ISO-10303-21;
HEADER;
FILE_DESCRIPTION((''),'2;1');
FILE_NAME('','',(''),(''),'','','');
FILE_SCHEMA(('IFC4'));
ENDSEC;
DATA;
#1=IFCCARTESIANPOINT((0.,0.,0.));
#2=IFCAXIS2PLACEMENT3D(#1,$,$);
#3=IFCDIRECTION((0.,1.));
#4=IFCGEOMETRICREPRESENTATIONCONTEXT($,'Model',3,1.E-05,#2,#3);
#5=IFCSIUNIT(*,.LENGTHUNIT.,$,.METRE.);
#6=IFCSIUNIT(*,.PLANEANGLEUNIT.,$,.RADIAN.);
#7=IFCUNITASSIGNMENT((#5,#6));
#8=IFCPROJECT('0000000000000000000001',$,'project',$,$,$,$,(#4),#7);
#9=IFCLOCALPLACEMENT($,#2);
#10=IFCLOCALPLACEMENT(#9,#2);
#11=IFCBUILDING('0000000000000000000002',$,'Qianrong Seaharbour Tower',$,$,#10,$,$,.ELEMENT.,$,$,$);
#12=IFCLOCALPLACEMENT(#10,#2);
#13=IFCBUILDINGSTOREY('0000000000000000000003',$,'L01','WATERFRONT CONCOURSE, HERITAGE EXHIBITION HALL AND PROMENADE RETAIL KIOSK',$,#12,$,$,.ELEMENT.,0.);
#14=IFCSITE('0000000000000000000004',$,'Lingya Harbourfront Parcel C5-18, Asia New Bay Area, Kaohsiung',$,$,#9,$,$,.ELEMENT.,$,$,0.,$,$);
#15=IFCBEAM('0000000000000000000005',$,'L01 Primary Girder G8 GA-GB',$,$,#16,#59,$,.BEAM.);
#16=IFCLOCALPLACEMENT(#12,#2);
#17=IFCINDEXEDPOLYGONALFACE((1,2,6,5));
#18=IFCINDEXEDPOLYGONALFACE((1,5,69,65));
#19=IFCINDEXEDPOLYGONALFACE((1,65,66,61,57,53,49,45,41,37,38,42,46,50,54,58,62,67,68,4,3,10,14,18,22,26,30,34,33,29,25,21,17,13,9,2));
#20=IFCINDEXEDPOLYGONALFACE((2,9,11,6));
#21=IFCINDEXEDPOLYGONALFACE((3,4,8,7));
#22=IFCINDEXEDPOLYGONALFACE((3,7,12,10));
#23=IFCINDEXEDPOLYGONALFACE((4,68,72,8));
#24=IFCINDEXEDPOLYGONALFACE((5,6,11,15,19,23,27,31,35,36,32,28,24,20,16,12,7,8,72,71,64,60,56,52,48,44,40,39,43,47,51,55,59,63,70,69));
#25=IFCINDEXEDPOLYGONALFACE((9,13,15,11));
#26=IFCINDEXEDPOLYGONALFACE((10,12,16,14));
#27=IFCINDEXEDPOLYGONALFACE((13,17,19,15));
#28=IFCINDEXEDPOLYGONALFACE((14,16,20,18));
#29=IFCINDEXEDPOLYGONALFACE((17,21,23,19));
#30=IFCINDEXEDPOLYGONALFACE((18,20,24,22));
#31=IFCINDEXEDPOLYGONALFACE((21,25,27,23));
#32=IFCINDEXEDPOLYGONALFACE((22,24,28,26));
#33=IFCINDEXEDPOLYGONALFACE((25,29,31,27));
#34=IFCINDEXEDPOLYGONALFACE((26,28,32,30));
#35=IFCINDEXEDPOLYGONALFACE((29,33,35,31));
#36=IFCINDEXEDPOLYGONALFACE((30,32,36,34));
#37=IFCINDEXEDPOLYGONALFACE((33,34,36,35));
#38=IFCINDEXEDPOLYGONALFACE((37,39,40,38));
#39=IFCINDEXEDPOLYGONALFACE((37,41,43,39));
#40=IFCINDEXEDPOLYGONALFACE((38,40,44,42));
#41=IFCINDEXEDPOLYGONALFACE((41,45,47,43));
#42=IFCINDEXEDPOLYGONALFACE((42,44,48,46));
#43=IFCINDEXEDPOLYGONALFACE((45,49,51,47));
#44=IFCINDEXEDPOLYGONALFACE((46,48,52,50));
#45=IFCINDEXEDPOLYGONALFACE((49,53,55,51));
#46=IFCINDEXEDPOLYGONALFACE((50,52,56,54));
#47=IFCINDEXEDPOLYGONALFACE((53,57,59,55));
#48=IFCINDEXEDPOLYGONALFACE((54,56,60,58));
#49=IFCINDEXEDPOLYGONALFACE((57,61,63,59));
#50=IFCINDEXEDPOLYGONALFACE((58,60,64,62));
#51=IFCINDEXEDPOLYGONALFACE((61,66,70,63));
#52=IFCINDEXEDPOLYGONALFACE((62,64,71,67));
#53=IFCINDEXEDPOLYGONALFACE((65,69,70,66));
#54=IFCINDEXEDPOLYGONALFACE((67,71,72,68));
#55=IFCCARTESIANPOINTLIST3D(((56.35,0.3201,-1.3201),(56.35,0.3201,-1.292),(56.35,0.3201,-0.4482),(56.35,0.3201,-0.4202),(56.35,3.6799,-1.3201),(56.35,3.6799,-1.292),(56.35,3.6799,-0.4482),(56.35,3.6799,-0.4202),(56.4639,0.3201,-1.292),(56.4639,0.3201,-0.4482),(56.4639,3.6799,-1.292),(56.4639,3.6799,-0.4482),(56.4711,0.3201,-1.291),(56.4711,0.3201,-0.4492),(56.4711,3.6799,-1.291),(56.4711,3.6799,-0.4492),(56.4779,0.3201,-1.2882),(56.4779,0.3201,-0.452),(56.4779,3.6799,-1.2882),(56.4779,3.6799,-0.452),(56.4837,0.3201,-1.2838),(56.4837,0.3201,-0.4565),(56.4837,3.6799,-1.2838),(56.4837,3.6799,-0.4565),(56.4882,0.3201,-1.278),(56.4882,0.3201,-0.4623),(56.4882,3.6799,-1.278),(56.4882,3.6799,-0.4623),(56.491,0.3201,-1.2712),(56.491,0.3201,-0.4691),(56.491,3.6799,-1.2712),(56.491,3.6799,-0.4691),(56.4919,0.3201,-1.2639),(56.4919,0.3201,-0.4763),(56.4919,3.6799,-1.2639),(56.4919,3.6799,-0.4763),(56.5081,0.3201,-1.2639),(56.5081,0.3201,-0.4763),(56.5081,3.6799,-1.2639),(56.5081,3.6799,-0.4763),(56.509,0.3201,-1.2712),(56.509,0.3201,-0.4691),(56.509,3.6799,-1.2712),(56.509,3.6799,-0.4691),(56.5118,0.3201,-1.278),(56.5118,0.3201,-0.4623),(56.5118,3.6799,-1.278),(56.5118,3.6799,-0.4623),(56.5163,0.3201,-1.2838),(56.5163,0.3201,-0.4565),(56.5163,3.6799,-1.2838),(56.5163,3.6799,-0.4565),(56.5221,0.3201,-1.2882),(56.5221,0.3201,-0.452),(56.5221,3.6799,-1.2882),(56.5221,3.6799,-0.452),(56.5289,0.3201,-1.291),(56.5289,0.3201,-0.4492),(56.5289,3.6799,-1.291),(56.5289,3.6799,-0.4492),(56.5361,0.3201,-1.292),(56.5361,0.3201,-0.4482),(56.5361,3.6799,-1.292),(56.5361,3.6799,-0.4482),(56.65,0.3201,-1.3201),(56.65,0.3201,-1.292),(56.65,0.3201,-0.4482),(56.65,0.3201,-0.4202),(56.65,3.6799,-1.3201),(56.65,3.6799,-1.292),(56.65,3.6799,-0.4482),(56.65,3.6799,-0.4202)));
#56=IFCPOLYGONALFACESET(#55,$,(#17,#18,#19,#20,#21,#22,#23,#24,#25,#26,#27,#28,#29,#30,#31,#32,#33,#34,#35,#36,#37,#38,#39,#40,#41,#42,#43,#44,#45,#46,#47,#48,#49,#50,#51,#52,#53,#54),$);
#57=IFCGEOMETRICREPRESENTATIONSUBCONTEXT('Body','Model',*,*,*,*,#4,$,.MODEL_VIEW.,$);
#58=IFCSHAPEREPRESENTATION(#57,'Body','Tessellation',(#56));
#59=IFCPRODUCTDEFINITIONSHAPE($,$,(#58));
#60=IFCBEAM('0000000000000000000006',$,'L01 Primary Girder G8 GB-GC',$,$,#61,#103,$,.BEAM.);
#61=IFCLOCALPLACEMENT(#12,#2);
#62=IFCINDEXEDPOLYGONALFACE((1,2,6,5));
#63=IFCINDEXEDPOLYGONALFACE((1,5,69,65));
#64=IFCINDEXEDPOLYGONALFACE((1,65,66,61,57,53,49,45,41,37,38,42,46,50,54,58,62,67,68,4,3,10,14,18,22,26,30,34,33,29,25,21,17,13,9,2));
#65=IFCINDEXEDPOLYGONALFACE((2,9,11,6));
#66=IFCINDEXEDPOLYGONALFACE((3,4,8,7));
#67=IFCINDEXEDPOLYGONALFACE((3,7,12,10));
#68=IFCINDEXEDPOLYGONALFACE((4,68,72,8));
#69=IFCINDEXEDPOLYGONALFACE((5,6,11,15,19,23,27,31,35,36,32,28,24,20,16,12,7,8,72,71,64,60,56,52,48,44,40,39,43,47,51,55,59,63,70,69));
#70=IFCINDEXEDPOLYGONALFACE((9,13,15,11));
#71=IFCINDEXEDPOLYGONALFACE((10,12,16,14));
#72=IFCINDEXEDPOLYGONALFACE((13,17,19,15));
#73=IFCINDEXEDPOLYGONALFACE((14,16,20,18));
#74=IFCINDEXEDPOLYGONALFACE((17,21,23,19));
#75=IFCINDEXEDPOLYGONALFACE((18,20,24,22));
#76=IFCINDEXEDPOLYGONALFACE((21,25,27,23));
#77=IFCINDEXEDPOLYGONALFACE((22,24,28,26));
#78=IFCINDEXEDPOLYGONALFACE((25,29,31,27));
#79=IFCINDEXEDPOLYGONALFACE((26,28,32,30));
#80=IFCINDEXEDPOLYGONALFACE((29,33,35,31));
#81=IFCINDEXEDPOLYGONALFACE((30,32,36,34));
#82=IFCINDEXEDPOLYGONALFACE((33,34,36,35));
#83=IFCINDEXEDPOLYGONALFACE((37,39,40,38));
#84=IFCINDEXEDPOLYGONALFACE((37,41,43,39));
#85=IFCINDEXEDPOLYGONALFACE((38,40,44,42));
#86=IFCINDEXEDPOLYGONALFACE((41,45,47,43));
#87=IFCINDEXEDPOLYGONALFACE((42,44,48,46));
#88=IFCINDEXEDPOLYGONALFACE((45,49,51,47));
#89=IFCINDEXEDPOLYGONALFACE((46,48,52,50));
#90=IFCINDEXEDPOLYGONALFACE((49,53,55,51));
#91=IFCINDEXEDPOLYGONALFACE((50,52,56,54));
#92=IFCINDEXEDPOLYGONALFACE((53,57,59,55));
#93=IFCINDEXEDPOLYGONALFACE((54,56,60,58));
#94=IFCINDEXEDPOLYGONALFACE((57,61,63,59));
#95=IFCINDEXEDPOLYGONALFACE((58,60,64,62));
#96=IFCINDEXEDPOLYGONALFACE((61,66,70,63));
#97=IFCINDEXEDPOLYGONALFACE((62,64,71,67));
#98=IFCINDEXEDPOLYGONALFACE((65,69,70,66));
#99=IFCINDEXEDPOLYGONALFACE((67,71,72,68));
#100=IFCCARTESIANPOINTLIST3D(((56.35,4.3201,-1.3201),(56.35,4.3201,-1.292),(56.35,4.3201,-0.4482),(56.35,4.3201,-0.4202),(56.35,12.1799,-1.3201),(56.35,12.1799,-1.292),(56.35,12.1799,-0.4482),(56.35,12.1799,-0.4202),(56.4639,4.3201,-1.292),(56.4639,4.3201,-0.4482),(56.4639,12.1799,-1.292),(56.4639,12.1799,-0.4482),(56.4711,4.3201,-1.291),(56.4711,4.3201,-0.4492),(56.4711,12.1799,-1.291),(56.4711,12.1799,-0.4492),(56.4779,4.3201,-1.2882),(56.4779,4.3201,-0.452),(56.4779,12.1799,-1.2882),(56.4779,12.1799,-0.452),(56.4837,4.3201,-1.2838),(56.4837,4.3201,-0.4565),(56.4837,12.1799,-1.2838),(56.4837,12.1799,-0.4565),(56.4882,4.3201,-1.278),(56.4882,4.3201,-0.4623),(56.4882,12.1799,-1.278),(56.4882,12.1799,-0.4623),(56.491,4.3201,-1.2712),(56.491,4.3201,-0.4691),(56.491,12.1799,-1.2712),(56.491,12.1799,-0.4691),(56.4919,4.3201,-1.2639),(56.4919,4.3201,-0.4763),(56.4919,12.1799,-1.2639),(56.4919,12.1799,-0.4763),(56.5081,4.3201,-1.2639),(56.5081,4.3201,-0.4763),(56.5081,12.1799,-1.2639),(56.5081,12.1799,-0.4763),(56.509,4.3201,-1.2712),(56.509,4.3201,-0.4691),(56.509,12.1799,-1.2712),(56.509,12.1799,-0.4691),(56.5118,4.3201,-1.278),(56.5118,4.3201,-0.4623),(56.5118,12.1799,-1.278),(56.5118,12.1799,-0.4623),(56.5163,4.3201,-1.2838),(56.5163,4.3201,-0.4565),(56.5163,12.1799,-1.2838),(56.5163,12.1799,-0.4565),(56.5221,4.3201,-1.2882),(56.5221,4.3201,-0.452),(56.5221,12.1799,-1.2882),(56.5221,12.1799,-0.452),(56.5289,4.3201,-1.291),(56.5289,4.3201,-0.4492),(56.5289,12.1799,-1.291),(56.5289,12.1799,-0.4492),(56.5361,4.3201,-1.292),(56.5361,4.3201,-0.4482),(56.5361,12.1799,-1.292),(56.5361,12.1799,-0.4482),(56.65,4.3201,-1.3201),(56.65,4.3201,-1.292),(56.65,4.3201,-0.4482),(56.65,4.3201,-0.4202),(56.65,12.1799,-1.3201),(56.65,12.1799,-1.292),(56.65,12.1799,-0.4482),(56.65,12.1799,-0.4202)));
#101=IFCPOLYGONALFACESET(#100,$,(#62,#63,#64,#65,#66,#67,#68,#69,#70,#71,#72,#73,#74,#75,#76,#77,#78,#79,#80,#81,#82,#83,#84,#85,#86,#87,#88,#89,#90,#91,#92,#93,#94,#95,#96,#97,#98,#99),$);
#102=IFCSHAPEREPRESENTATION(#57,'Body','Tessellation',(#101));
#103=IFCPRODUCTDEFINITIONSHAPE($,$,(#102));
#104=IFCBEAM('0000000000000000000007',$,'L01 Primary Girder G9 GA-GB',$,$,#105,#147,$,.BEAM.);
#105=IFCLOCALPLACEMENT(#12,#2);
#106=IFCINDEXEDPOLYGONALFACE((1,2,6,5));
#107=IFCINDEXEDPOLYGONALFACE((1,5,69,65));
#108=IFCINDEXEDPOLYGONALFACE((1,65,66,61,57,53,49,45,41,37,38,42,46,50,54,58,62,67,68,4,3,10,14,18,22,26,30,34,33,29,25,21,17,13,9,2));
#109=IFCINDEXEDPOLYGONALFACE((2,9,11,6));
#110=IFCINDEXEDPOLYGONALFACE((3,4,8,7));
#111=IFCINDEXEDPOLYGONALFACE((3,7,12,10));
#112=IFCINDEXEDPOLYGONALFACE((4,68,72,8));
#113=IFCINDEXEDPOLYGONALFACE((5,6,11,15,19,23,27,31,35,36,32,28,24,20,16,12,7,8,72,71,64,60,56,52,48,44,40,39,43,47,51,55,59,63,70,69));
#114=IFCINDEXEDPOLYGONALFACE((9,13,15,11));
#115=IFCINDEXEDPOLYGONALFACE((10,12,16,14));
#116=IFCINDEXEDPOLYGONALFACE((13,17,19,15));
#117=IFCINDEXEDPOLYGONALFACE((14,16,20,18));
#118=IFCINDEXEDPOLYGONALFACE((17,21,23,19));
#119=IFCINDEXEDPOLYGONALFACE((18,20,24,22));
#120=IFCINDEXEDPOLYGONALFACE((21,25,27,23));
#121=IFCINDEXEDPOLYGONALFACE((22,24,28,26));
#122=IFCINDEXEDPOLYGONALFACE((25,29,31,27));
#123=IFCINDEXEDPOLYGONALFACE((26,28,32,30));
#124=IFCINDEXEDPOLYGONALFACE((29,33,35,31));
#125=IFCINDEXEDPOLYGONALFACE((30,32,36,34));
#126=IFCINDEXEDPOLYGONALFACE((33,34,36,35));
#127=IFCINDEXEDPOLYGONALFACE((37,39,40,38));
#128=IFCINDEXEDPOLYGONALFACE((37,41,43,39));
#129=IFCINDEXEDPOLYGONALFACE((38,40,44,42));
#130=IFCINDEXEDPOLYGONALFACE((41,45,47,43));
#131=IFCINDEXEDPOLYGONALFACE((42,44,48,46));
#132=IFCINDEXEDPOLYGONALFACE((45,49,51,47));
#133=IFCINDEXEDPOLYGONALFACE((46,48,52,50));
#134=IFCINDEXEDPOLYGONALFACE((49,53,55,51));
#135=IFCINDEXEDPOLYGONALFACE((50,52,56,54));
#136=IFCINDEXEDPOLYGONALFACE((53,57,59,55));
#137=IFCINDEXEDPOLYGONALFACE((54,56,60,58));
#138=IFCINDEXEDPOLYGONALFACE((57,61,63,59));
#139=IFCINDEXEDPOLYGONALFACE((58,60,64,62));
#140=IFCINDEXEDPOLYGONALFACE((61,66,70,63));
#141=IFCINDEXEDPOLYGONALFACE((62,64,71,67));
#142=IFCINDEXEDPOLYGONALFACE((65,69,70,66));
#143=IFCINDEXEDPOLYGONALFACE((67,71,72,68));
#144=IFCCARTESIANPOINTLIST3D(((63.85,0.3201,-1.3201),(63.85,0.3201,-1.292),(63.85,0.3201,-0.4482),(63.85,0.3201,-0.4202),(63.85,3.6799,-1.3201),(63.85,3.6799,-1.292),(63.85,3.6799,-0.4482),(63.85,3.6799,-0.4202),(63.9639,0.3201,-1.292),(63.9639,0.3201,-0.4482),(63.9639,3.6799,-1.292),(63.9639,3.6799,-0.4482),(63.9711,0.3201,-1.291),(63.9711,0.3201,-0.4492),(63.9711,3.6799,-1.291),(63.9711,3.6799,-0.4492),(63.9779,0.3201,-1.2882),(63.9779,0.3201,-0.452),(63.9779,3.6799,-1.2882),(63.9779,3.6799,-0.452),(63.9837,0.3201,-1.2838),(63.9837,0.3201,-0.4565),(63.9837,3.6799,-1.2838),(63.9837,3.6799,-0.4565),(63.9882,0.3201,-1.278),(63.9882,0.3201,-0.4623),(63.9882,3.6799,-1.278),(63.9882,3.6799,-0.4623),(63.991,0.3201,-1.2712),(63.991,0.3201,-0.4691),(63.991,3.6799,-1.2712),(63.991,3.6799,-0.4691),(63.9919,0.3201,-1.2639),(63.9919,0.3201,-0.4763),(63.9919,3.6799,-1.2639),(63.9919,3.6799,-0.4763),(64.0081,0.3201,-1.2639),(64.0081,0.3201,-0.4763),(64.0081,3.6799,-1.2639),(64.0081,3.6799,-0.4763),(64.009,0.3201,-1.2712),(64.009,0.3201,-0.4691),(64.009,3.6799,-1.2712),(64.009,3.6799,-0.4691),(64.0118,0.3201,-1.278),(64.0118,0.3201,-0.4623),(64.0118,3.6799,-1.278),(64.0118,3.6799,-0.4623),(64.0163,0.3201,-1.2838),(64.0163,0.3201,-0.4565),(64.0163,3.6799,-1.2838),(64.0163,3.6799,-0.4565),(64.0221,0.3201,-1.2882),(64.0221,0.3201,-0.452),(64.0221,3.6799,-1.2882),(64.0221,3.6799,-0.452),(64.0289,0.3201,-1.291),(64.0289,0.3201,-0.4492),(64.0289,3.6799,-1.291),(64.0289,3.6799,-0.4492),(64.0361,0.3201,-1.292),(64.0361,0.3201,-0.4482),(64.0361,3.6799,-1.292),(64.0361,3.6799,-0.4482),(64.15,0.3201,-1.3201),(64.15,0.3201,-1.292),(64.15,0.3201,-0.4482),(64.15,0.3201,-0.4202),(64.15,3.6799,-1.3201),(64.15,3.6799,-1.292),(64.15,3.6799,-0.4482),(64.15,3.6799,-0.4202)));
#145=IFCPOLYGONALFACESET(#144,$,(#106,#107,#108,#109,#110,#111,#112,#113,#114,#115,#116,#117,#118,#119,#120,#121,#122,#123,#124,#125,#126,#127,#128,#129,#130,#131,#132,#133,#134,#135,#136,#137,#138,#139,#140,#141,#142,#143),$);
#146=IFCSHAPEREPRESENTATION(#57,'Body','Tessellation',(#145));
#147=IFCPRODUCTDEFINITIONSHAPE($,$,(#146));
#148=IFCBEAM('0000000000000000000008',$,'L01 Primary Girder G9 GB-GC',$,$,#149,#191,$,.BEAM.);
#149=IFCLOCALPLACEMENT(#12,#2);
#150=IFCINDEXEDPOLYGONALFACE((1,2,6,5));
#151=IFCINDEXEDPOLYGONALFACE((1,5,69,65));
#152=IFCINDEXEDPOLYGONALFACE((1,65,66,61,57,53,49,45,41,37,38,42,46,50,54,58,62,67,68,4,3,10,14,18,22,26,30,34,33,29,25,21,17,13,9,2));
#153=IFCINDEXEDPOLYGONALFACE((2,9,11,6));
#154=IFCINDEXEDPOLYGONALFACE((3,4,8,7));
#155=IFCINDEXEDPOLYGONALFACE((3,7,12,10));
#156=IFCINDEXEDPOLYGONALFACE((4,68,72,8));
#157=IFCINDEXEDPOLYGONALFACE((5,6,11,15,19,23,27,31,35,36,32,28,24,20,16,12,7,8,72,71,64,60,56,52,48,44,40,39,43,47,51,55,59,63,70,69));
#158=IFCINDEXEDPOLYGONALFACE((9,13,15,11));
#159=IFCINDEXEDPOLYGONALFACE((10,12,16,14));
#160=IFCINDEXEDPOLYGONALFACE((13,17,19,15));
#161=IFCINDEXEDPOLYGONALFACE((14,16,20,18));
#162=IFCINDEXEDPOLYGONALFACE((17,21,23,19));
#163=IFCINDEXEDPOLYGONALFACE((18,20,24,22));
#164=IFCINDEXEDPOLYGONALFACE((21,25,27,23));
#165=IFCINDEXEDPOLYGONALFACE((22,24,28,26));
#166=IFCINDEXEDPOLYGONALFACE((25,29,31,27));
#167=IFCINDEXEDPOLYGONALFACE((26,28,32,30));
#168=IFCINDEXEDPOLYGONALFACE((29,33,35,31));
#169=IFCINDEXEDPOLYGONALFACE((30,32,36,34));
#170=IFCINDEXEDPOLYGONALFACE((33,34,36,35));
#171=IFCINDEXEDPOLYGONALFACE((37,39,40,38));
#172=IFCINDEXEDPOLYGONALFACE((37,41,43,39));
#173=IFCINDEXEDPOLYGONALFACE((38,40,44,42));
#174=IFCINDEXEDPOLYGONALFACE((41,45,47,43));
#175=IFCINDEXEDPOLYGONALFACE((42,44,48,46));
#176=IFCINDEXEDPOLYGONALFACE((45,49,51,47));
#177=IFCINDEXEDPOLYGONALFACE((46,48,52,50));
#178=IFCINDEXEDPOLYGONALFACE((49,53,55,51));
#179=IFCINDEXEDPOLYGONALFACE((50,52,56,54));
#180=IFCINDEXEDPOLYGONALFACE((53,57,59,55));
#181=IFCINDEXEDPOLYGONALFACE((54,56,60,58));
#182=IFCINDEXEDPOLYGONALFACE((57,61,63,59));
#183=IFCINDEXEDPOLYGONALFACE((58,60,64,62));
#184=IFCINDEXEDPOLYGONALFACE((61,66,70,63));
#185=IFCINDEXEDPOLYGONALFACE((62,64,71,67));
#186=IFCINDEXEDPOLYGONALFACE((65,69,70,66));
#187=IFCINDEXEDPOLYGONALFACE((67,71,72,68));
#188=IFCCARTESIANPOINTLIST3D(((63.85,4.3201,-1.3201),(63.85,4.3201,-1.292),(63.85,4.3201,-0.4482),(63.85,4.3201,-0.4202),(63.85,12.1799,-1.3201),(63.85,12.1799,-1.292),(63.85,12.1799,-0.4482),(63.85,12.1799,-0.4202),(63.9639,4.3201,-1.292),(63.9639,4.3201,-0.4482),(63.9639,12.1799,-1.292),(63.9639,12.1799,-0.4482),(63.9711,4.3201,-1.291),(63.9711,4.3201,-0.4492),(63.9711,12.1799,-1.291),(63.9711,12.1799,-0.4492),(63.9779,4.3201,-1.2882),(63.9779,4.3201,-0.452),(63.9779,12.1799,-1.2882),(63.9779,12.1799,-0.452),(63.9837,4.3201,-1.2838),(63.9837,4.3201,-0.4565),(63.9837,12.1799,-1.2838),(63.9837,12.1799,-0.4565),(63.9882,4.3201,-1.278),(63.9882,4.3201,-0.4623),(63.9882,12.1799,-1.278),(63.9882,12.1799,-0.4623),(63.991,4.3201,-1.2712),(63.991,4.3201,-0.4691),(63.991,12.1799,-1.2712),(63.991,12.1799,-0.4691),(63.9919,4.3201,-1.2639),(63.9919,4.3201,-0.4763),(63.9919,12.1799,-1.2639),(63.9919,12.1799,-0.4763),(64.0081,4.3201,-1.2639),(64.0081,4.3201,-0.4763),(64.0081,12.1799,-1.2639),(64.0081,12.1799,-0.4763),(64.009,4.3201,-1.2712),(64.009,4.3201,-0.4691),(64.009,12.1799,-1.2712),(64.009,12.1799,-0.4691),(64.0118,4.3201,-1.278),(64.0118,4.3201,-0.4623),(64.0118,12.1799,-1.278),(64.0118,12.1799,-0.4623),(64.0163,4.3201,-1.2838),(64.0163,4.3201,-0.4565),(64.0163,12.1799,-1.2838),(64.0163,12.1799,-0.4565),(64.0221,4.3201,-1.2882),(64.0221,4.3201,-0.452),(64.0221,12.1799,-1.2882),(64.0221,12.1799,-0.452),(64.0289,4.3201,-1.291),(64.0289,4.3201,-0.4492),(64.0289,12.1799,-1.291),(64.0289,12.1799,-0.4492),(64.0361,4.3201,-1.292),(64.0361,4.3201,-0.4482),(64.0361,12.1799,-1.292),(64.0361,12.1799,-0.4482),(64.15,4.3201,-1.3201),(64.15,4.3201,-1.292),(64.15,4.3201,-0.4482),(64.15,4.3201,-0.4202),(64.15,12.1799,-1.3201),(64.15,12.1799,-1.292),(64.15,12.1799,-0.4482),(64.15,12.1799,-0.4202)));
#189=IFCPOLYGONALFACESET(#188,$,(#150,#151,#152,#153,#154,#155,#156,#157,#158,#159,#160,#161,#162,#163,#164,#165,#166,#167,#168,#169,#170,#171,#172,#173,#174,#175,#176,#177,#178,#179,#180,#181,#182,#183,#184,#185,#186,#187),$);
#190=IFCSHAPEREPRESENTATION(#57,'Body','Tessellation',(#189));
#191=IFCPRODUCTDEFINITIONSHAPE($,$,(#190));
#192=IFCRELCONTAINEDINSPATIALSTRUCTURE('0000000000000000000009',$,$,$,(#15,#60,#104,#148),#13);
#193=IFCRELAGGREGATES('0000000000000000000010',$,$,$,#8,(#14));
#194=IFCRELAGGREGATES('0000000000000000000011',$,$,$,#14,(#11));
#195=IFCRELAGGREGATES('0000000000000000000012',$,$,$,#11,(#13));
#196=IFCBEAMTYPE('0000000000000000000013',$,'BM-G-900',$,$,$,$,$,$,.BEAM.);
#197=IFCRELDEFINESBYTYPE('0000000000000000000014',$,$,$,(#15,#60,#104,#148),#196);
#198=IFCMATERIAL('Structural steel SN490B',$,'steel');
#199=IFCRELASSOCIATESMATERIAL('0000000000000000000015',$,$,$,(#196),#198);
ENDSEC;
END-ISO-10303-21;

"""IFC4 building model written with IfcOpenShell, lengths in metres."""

from ifc_helpers import new_model, si_unit, direction, frame, origin, origin_2d, place, context, subcontext, project, spatial, i_section, extrude, material, material_profile, profile_set, type_object, element, save


model = new_model("IFC4")

# Units and contexts
model_context = context("Model", 3, precision=1e-05, world=origin(), true_north=direction((0.0, 1.0)))
body_context = subcontext(model_context, "Body", "Model", "MODEL_VIEW")
ifc_project = project(units=[si_unit("LENGTHUNIT", "METRE"), si_unit("PLANEANGLEUNIT", "RADIAN")], contexts=[model_context])

# Site, building, storey
site_placement = place(None, origin())
site = spatial("IfcSite", under=ifc_project, at=site_placement, Name="Lingya Harbourfront Parcel C5-18, Asia New Bay Area, Kaohsiung", CompositionType="ELEMENT", RefElevation=0.0)
building_placement = place(site_placement, origin())
building = spatial("IfcBuilding", under=site, at=building_placement, Name="Qianrong Seaharbour Tower", CompositionType="ELEMENT")
storey_placement = place(building_placement, origin())
storey = spatial("IfcBuildingStorey", under=building, at=storey_placement, Name="L01", Description="WATERFRONT CONCOURSE, HERITAGE EXHIBITION HALL AND PROMENADE RETAIL KIOSK", CompositionType="ELEMENT", Elevation=0.0)

# Beams
ifc_material_1 = material(Name="Structural steel SN490B", Category="steel")
ifc_material_profile_1 = material_profile(ifc_material_1, i_section(OverallWidth=0.3, OverallDepth=0.8999, WebThickness=0.0161, FlangeThickness=0.0281, FilletRadius=0.0281, at=origin_2d()), Name="H900x300x16x28")
ifc_profile_set_1 = profile_set([ifc_material_profile_1], Name="Structural steel SN490B")
beam_type_1 = type_object("IfcBeamType", Name="BM-G-900", PredefinedType="BEAM", material=ifc_profile_set_1)
beam_1_placement = place(storey_placement, frame((56.5, 0.3201, -0.8701), z_axis=(0.0, 1.0, 0.0), x_axis=(-1.0, 0.0, 0.0)))
element("IfcBeam", 1, at=beam_1_placement, inside=storey, type_object=beam_type_1, Name="L01 Primary Girder G8 GA-GB", PredefinedType="BEAM", context=body_context, shape_type="SweptSolid", body=[
    extrude(i_section(OverallWidth=0.3, OverallDepth=0.8999, WebThickness=0.0161, FlangeThickness=0.0281, FilletRadius=0.0281, at=origin_2d()), origin(), (0.0, 0.0, 1.0), 3.3599),
])
beam_2_placement = place(storey_placement, frame((56.5, 4.3201, -0.8701), z_axis=(0.0, 1.0, 0.0), x_axis=(-1.0, 0.0, 0.0)))
element("IfcBeam", 2, at=beam_2_placement, inside=storey, type_object=beam_type_1, Name="L01 Primary Girder G8 GB-GC", PredefinedType="BEAM", context=body_context, shape_type="SweptSolid", body=[
    extrude(i_section(OverallWidth=0.3, OverallDepth=0.8999, WebThickness=0.0161, FlangeThickness=0.0281, FilletRadius=0.0281, at=origin_2d()), origin(), (0.0, 0.0, 1.0), 7.8599),
])
beam_3_placement = place(storey_placement, frame((64.0, 0.3201, -0.8701), z_axis=(0.0, 1.0, 0.0), x_axis=(-1.0, 0.0, 0.0)))
element("IfcBeam", 3, at=beam_3_placement, inside=storey, type_object=beam_type_1, Name="L01 Primary Girder G9 GA-GB", PredefinedType="BEAM", context=body_context, shape_type="SweptSolid", body=[
    extrude(i_section(OverallWidth=0.3, OverallDepth=0.8999, WebThickness=0.0161, FlangeThickness=0.0281, FilletRadius=0.0281, at=origin_2d()), origin(), (0.0, 0.0, 1.0), 3.3599),
])
beam_4_placement = place(storey_placement, frame((64.0, 4.3201, -0.8701), z_axis=(0.0, 1.0, 0.0), x_axis=(-1.0, 0.0, 0.0)))
element("IfcBeam", 4, at=beam_4_placement, inside=storey, type_object=beam_type_1, Name="L01 Primary Girder G9 GB-GC", PredefinedType="BEAM", context=body_context, shape_type="SweptSolid", body=[
    extrude(i_section(OverallWidth=0.3, OverallDepth=0.8999, WebThickness=0.0161, FlangeThickness=0.0281, FilletRadius=0.0281, at=origin_2d()), origin(), (0.0, 0.0, 1.0), 7.8599),
])

save(model, "model.ifc")
